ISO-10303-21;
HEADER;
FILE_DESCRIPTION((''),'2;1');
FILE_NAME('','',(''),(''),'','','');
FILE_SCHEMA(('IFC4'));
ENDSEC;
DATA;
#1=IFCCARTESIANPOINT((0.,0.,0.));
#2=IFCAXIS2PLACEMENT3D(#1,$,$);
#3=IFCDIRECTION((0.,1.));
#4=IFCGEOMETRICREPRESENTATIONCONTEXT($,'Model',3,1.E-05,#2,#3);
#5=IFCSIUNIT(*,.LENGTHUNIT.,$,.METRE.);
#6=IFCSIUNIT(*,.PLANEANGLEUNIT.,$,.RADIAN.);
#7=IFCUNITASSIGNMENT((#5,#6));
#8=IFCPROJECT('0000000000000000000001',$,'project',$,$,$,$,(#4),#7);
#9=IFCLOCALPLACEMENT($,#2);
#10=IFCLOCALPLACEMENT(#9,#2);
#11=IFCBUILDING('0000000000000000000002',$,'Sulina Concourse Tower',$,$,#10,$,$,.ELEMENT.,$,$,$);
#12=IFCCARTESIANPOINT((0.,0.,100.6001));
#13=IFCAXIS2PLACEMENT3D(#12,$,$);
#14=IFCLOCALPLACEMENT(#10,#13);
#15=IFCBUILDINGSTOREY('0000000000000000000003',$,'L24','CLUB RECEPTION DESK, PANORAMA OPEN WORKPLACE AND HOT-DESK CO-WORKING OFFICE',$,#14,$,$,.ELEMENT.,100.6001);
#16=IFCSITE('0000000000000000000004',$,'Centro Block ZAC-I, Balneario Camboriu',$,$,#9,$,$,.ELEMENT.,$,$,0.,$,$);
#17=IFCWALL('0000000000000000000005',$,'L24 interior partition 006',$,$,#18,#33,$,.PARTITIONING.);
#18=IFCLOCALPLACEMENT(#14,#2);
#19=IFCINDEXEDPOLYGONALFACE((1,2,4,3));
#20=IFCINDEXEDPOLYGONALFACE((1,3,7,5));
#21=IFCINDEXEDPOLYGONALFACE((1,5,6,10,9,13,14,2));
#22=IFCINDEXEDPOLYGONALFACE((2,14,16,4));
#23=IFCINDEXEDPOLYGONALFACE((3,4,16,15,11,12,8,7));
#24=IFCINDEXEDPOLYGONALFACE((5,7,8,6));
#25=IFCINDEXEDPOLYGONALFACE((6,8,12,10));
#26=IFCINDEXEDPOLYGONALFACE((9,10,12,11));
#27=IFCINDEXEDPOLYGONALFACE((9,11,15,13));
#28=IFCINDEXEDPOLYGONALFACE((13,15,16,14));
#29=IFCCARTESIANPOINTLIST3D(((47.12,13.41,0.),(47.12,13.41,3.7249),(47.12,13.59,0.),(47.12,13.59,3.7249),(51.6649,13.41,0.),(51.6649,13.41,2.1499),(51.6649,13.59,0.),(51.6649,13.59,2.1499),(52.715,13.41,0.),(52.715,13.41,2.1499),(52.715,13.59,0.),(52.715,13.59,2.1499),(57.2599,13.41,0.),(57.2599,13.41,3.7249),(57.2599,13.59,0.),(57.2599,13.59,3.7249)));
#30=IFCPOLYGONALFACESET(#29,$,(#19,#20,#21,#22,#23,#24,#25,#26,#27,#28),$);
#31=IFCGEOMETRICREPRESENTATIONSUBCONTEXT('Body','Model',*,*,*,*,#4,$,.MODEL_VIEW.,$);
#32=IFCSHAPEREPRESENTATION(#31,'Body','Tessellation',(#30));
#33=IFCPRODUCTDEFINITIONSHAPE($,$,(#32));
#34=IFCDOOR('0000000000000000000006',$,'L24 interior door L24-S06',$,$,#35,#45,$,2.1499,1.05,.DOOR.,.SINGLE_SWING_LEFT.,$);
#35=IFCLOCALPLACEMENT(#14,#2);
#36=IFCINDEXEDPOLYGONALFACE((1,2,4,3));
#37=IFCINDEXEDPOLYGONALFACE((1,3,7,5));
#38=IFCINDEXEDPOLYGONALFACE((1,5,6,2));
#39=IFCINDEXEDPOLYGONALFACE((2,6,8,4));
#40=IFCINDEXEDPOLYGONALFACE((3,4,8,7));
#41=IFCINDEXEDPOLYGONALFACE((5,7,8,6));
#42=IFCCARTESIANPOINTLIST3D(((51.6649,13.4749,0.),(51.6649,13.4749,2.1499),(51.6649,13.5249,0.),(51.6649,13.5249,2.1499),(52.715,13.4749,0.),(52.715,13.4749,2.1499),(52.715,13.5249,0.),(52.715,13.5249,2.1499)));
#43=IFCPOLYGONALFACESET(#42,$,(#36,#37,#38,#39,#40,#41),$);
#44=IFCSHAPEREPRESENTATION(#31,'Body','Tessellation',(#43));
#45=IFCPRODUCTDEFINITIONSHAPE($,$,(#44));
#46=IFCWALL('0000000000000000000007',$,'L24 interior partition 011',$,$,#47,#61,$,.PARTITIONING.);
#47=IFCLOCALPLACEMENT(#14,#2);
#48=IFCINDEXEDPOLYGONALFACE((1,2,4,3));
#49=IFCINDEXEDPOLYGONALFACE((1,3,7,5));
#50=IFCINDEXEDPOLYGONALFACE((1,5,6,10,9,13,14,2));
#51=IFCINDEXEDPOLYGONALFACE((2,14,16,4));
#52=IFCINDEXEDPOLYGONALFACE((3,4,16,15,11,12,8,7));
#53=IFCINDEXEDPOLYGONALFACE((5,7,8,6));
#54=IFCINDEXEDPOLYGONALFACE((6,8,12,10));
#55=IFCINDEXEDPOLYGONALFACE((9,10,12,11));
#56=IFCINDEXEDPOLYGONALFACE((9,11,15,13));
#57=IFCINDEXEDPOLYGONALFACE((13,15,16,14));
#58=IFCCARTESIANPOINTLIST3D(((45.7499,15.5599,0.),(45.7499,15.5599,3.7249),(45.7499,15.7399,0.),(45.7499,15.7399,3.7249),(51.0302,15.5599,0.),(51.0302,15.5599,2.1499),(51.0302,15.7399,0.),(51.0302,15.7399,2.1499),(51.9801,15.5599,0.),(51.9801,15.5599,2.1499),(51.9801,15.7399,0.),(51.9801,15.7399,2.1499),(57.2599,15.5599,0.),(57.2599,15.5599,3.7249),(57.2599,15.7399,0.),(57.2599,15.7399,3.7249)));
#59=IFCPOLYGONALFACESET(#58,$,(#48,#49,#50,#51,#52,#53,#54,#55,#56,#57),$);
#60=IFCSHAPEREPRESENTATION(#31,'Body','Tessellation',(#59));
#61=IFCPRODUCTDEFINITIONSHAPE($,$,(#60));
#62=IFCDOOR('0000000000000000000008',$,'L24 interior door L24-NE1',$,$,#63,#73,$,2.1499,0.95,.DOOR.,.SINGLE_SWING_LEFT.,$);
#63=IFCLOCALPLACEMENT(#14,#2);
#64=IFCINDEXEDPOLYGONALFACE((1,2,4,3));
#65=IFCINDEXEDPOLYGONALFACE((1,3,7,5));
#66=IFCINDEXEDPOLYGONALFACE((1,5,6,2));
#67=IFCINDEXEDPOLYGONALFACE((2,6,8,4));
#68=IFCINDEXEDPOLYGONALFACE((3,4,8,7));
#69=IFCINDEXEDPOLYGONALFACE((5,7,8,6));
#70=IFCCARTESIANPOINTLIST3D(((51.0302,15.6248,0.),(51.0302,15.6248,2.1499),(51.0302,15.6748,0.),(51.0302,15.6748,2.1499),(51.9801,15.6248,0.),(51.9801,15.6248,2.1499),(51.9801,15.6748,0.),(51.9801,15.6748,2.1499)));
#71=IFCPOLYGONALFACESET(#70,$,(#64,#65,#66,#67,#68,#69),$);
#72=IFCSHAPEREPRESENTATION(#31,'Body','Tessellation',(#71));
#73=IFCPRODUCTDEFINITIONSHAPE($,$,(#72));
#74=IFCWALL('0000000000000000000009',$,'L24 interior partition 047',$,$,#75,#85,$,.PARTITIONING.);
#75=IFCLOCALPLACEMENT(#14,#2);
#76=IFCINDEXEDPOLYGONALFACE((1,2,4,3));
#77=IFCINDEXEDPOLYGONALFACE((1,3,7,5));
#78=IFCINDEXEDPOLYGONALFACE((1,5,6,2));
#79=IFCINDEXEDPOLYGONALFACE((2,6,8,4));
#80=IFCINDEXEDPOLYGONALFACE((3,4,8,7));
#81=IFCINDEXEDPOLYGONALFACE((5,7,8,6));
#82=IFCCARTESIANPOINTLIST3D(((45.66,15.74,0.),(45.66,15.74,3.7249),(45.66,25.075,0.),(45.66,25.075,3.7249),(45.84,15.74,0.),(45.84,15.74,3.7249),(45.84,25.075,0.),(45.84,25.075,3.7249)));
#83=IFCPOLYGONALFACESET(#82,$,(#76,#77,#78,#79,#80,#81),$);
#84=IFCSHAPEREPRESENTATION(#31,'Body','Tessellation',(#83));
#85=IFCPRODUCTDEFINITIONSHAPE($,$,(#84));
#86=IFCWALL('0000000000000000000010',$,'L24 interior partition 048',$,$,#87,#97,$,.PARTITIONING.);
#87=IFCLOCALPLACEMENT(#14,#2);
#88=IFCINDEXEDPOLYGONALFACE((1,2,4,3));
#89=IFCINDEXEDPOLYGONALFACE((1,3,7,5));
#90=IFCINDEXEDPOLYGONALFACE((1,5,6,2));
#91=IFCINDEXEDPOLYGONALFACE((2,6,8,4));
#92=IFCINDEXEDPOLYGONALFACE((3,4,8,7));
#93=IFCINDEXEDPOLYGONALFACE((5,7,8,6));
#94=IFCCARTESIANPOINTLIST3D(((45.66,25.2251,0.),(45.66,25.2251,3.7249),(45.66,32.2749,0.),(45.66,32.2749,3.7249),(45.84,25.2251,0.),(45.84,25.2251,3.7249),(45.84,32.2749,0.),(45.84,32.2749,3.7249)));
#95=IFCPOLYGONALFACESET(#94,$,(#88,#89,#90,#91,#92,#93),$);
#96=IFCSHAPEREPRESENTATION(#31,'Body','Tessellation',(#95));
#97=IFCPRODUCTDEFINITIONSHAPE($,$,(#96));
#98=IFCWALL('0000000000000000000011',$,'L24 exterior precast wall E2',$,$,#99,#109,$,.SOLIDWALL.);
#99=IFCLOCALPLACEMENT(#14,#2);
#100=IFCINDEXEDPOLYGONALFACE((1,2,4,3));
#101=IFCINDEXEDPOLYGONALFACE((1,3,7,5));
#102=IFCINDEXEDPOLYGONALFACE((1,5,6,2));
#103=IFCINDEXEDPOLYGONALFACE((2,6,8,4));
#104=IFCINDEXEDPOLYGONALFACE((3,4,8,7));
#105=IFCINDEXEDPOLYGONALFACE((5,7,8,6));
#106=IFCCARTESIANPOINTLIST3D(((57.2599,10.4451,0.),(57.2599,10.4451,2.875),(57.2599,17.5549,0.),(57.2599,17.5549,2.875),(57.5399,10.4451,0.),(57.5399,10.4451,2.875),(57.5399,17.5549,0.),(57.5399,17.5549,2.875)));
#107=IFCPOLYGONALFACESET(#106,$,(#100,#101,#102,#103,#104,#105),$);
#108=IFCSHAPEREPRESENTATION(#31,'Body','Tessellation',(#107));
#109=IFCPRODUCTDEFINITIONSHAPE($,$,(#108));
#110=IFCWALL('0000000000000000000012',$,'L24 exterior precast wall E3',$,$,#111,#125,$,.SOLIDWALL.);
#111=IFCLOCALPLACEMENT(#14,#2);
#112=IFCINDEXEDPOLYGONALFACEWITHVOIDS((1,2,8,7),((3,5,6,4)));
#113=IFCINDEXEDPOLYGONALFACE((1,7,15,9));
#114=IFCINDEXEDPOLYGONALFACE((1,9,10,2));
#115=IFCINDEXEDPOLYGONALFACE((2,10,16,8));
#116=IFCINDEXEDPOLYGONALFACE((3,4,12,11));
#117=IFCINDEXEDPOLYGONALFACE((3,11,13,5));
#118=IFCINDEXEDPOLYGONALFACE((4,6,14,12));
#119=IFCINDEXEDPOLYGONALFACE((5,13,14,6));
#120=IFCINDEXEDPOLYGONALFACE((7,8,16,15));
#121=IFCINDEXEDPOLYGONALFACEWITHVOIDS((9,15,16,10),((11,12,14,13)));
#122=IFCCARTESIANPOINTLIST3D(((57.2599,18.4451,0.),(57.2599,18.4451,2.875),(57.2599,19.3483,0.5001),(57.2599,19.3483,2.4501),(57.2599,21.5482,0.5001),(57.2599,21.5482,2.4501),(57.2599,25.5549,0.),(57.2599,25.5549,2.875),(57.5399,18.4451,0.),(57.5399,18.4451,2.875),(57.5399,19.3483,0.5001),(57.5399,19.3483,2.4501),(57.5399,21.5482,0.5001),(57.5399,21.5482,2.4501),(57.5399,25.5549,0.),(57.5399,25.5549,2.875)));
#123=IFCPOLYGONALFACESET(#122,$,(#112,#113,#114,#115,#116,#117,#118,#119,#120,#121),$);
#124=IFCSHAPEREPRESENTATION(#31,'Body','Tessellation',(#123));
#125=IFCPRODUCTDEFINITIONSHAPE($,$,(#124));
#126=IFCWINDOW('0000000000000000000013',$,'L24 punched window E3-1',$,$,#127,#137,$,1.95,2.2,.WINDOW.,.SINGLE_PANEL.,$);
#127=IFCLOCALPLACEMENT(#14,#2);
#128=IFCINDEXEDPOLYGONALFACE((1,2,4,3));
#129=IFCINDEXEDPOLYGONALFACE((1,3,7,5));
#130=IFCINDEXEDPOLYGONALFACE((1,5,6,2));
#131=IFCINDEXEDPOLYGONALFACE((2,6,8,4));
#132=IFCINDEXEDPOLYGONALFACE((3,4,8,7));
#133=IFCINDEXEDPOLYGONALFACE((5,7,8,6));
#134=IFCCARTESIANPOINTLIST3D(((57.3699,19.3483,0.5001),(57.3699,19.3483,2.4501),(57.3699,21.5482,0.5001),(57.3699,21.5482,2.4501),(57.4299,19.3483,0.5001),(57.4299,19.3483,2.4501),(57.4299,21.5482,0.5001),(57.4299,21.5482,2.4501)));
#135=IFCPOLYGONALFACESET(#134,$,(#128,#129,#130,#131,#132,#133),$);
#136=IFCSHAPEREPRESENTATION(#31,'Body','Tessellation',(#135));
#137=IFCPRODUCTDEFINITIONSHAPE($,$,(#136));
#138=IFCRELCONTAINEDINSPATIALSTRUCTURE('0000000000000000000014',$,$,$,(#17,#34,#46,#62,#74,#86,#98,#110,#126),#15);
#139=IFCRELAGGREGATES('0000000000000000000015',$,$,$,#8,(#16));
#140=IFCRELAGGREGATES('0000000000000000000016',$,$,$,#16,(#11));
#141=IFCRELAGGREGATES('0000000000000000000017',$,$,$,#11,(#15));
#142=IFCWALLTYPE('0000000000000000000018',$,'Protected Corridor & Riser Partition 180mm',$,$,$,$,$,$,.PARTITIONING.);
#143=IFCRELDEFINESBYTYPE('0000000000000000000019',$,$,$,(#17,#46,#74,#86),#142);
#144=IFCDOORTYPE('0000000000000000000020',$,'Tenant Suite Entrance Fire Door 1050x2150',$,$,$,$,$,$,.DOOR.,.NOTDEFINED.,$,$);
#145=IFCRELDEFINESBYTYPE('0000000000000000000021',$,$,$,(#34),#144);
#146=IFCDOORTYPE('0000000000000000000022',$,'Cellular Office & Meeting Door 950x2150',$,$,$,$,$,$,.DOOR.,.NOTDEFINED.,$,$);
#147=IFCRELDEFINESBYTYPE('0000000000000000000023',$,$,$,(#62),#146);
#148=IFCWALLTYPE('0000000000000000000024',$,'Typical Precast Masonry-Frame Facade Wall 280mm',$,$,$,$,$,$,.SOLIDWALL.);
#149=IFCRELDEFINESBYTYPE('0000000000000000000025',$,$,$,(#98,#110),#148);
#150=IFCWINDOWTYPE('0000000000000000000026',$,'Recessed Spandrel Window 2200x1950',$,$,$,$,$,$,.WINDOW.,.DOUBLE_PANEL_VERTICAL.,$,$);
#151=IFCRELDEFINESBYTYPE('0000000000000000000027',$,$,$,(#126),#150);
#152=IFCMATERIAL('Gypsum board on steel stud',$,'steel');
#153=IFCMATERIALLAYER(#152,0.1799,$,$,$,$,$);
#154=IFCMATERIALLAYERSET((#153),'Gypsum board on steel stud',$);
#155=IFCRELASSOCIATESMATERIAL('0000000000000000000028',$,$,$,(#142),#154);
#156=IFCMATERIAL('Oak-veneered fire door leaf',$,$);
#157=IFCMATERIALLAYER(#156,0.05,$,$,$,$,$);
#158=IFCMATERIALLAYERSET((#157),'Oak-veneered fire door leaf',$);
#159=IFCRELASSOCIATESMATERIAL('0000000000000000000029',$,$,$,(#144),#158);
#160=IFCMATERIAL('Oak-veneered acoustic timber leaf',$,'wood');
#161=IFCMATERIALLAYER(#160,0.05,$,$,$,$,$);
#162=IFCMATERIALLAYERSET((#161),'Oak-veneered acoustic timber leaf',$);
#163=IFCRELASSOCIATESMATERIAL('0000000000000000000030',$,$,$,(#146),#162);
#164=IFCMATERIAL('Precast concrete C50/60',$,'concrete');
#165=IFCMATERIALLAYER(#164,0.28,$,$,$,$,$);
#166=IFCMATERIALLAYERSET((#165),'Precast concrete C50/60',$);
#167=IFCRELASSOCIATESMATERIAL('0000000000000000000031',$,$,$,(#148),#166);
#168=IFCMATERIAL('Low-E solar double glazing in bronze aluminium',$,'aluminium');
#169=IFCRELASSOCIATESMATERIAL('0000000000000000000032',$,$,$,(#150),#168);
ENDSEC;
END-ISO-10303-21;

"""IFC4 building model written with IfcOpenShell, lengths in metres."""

from ifc_helpers import new_model, si_unit, direction, frame, frame_2d, origin, place, context, subcontext, project, spatial, rectangle, extrude, material, layer, layer_set, type_object, element, fill, save


model = new_model("IFC4")

# Units and contexts
model_context = context("Model", 3, precision=1e-05, world=origin(), true_north=direction((0.0, 1.0)))
body_context = subcontext(model_context, "Body", "Model", "MODEL_VIEW")
ifc_project = project(units=[si_unit("LENGTHUNIT", "METRE"), si_unit("PLANEANGLEUNIT", "RADIAN")], contexts=[model_context])

# Site, building, storey
site_placement = place(None, origin())
site = spatial("IfcSite", under=ifc_project, at=site_placement, Name="Centro Block ZAC-I, Balneario Camboriu", CompositionType="ELEMENT", RefElevation=0.0)
building_placement = place(site_placement, origin())
building = spatial("IfcBuilding", under=site, at=building_placement, Name="Sulina Concourse Tower", CompositionType="ELEMENT")
storey_placement = place(building_placement, frame((0.0, 0.0, 100.6001)))
storey = spatial("IfcBuildingStorey", under=building, at=storey_placement, Name="L24", Description="CLUB RECEPTION DESK, PANORAMA OPEN WORKPLACE AND HOT-DESK CO-WORKING OFFICE", CompositionType="ELEMENT", Elevation=100.6001)

# Walls, openings, doors
ifc_material_1 = material(Name="Gypsum board on steel stud", Category="steel")
ifc_layer_1 = layer(ifc_material_1, 0.1799)
ifc_layer_set_1 = layer_set([ifc_layer_1], Name="Gypsum board on steel stud")
wall_type_1 = type_object("IfcWallType", Name="Protected Corridor & Riser Partition 180mm", PredefinedType="PARTITIONING", material=ifc_layer_set_1)
wall_1_placement = place(storey_placement, frame((47.1201, 13.5, 0.0), z_axis=(0.0, 0.0, 1.0), x_axis=(1.0, 0.0, 0.0)))
wall_1 = element("IfcWall", 1, at=wall_1_placement, inside=storey, type_object=wall_type_1, Name="L24 interior partition 006", PredefinedType="PARTITIONING", context=body_context, shape_type="SweptSolid", body=[
    extrude(rectangle(XDim=10.1399, YDim=0.1799, at=frame_2d((5.0698, 0.0))), origin(), (0.0, 0.0, 1.0), 3.7249),
])
opening_1_placement = place(wall_1_placement, frame((4.5449, 0.0, 0.0)))
opening_1 = element("IfcOpeningElement", 2, at=opening_1_placement, cuts=wall_1, PredefinedType="OPENING", context=body_context, shape_type="SweptSolid", body=[
    extrude(rectangle(XDim=1.05, YDim=2.1499, at=frame_2d((0.5249, 1.075))), frame((0.0, 0.0999, 0.0), z_axis=(0.0, -1.0, 0.0), x_axis=(1.0, 0.0, 0.0)), (0.0, 0.0, 1.0), 0.2),
])
ifc_material_2 = material(Name="Oak-veneered fire door leaf")
ifc_layer_2 = layer(ifc_material_2, 0.05)
ifc_layer_set_2 = layer_set([ifc_layer_2], Name="Oak-veneered fire door leaf")
door_type_1 = type_object("IfcDoorType", Name="Tenant Suite Entrance Fire Door 1050x2150", OperationType="NOTDEFINED", PredefinedType="DOOR", material=ifc_layer_set_2)
door_1_placement = place(opening_1_placement, origin())
door_1 = element("IfcDoor", 3, at=door_1_placement, inside=storey, type_object=door_type_1, Name="L24 interior door L24-S06", OperationType="SINGLE_SWING_LEFT", OverallHeight=2.1499, OverallWidth=1.05, PredefinedType="DOOR", context=body_context, shape_type="SweptSolid", body=[
    extrude(rectangle(XDim=1.05, YDim=2.1499, at=frame_2d((0.5249, 1.075))), frame((0.0, 0.0249, 0.0), z_axis=(0.0, -1.0, 0.0), x_axis=(1.0, 0.0, 0.0)), (0.0, 0.0, 1.0), 0.05),
])
fill(opening_1, door_1)
wall_2_placement = place(storey_placement, frame((45.75, 15.6499, 0.0), z_axis=(0.0, 0.0, 1.0), x_axis=(1.0, 0.0, 0.0)))
wall_2 = element("IfcWall", 4, at=wall_2_placement, inside=storey, type_object=wall_type_1, Name="L24 interior partition 011", PredefinedType="PARTITIONING", context=body_context, shape_type="SweptSolid", body=[
    extrude(rectangle(XDim=11.51, YDim=0.1799, at=frame_2d((5.7549, 0.0))), origin(), (0.0, 0.0, 1.0), 3.7249),
])
opening_2_placement = place(wall_2_placement, frame((5.28, 0.0, 0.0)))
opening_2 = element("IfcOpeningElement", 5, at=opening_2_placement, cuts=wall_2, PredefinedType="OPENING", context=body_context, shape_type="SweptSolid", body=[
    extrude(rectangle(XDim=0.95, YDim=2.1499, at=frame_2d((0.4751, 1.075))), frame((0.0, 0.0999, 0.0), z_axis=(0.0, -1.0, 0.0), x_axis=(1.0, 0.0, 0.0)), (0.0, 0.0, 1.0), 0.2),
])
ifc_material_3 = material(Name="Oak-veneered acoustic timber leaf", Category="wood")
ifc_layer_3 = layer(ifc_material_3, 0.05)
ifc_layer_set_3 = layer_set([ifc_layer_3], Name="Oak-veneered acoustic timber leaf")
door_type_2 = type_object("IfcDoorType", Name="Cellular Office & Meeting Door 950x2150", OperationType="NOTDEFINED", PredefinedType="DOOR", material=ifc_layer_set_3)
door_2_placement = place(opening_2_placement, origin())
door_2 = element("IfcDoor", 6, at=door_2_placement, inside=storey, type_object=door_type_2, Name="L24 interior door L24-NE1", OperationType="SINGLE_SWING_LEFT", OverallHeight=2.1499, OverallWidth=0.95, PredefinedType="DOOR", context=body_context, shape_type="SweptSolid", body=[
    extrude(rectangle(XDim=0.95, YDim=2.1499, at=frame_2d((0.4751, 1.075))), frame((0.0, 0.0249, 0.0), z_axis=(0.0, -1.0, 0.0), x_axis=(1.0, 0.0, 0.0)), (0.0, 0.0, 1.0), 0.05),
])
fill(opening_2, door_2)

# Walls
wall_3_placement = place(storey_placement, frame((45.75, 15.74, 0.0), z_axis=(0.0, 0.0, 1.0), x_axis=(0.0, 1.0, 0.0)))
element("IfcWall", 7, at=wall_3_placement, inside=storey, type_object=wall_type_1, Name="L24 interior partition 047", PredefinedType="PARTITIONING", context=body_context, shape_type="SweptSolid", body=[
    extrude(rectangle(XDim=9.335, YDim=0.1799, at=frame_2d((4.6675, 0.0))), origin(), (0.0, 0.0, 1.0), 3.7249),
])
wall_4_placement = place(storey_placement, frame((45.75, 25.2251, 0.0), z_axis=(0.0, 0.0, 1.0), x_axis=(0.0, 1.0, 0.0)))
element("IfcWall", 8, at=wall_4_placement, inside=storey, type_object=wall_type_1, Name="L24 interior partition 048", PredefinedType="PARTITIONING", context=body_context, shape_type="SweptSolid", body=[
    extrude(rectangle(XDim=7.0498, YDim=0.1799, at=frame_2d((3.5249, 0.0))), origin(), (0.0, 0.0, 1.0), 3.7249),
])
ifc_material_4 = material(Name="Precast concrete C50/60", Category="concrete")
ifc_layer_4 = layer(ifc_material_4, 0.28)
ifc_layer_set_4 = layer_set([ifc_layer_4], Name="Precast concrete C50/60")
wall_type_2 = type_object("IfcWallType", Name="Typical Precast Masonry-Frame Facade Wall 280mm", PredefinedType="SOLIDWALL", material=ifc_layer_set_4)
wall_5_placement = place(storey_placement, frame((57.3999, 17.5549, 0.0), z_axis=(0.0, 0.0, 1.0), x_axis=(0.0, -1.0, 0.0)))
element("IfcWall", 9, at=wall_5_placement, inside=storey, type_object=wall_type_2, Name="L24 exterior precast wall E2", PredefinedType="SOLIDWALL", context=body_context, shape_type="SweptSolid", body=[
    extrude(rectangle(XDim=7.1099, YDim=0.28, at=frame_2d((3.5549, 0.0))), origin(), (0.0, 0.0, 1.0), 2.875),
])

# Wall, opening, window
wall_6_placement = place(storey_placement, frame((57.3999, 25.5549, 0.0), z_axis=(0.0, 0.0, 1.0), x_axis=(0.0, -1.0, 0.0)))
wall_6 = element("IfcWall", 10, at=wall_6_placement, inside=storey, type_object=wall_type_2, Name="L24 exterior precast wall E3", PredefinedType="SOLIDWALL", context=body_context, shape_type="SweptSolid", body=[
    extrude(rectangle(XDim=7.1099, YDim=0.28, at=frame_2d((3.5549, 0.0))), origin(), (0.0, 0.0, 1.0), 2.875),
])
opening_3_placement = place(wall_6_placement, frame((4.0066, 0.0, 0.5)))
opening_3 = element("IfcOpeningElement", 11, at=opening_3_placement, cuts=wall_6, PredefinedType="OPENING", context=body_context, shape_type="SweptSolid", body=[
    extrude(rectangle(XDim=2.2, YDim=1.95, at=frame_2d((1.1001, 0.9751))), frame((0.0, 0.1499, 0.0), z_axis=(0.0, -1.0, 0.0), x_axis=(1.0, 0.0, 0.0)), (0.0, 0.0, 1.0), 0.3),
])
ifc_material_5 = material(Name="Low-E solar double glazing in bronze aluminium", Category="aluminium")
window_type = type_object("IfcWindowType", Name="Recessed Spandrel Window 2200x1950", PartitioningType="DOUBLE_PANEL_VERTICAL", PredefinedType="WINDOW", material=ifc_material_5)
window_placement = place(opening_3_placement, origin())
window = element("IfcWindow", 12, at=window_placement, inside=storey, type_object=window_type, Name="L24 punched window E3-1", OverallHeight=1.95, OverallWidth=2.2, PartitioningType="SINGLE_PANEL", PredefinedType="WINDOW", context=body_context, shape_type="SweptSolid", body=[
    extrude(rectangle(XDim=2.2, YDim=1.95, at=frame_2d((1.1001, 0.9751))), frame((0.0, 0.03, 0.0), z_axis=(0.0, -1.0, 0.0), x_axis=(1.0, 0.0, 0.0)), (0.0, 0.0, 1.0), 0.0601),
])
fill(opening_3, window)

save(model, "model.ifc")
